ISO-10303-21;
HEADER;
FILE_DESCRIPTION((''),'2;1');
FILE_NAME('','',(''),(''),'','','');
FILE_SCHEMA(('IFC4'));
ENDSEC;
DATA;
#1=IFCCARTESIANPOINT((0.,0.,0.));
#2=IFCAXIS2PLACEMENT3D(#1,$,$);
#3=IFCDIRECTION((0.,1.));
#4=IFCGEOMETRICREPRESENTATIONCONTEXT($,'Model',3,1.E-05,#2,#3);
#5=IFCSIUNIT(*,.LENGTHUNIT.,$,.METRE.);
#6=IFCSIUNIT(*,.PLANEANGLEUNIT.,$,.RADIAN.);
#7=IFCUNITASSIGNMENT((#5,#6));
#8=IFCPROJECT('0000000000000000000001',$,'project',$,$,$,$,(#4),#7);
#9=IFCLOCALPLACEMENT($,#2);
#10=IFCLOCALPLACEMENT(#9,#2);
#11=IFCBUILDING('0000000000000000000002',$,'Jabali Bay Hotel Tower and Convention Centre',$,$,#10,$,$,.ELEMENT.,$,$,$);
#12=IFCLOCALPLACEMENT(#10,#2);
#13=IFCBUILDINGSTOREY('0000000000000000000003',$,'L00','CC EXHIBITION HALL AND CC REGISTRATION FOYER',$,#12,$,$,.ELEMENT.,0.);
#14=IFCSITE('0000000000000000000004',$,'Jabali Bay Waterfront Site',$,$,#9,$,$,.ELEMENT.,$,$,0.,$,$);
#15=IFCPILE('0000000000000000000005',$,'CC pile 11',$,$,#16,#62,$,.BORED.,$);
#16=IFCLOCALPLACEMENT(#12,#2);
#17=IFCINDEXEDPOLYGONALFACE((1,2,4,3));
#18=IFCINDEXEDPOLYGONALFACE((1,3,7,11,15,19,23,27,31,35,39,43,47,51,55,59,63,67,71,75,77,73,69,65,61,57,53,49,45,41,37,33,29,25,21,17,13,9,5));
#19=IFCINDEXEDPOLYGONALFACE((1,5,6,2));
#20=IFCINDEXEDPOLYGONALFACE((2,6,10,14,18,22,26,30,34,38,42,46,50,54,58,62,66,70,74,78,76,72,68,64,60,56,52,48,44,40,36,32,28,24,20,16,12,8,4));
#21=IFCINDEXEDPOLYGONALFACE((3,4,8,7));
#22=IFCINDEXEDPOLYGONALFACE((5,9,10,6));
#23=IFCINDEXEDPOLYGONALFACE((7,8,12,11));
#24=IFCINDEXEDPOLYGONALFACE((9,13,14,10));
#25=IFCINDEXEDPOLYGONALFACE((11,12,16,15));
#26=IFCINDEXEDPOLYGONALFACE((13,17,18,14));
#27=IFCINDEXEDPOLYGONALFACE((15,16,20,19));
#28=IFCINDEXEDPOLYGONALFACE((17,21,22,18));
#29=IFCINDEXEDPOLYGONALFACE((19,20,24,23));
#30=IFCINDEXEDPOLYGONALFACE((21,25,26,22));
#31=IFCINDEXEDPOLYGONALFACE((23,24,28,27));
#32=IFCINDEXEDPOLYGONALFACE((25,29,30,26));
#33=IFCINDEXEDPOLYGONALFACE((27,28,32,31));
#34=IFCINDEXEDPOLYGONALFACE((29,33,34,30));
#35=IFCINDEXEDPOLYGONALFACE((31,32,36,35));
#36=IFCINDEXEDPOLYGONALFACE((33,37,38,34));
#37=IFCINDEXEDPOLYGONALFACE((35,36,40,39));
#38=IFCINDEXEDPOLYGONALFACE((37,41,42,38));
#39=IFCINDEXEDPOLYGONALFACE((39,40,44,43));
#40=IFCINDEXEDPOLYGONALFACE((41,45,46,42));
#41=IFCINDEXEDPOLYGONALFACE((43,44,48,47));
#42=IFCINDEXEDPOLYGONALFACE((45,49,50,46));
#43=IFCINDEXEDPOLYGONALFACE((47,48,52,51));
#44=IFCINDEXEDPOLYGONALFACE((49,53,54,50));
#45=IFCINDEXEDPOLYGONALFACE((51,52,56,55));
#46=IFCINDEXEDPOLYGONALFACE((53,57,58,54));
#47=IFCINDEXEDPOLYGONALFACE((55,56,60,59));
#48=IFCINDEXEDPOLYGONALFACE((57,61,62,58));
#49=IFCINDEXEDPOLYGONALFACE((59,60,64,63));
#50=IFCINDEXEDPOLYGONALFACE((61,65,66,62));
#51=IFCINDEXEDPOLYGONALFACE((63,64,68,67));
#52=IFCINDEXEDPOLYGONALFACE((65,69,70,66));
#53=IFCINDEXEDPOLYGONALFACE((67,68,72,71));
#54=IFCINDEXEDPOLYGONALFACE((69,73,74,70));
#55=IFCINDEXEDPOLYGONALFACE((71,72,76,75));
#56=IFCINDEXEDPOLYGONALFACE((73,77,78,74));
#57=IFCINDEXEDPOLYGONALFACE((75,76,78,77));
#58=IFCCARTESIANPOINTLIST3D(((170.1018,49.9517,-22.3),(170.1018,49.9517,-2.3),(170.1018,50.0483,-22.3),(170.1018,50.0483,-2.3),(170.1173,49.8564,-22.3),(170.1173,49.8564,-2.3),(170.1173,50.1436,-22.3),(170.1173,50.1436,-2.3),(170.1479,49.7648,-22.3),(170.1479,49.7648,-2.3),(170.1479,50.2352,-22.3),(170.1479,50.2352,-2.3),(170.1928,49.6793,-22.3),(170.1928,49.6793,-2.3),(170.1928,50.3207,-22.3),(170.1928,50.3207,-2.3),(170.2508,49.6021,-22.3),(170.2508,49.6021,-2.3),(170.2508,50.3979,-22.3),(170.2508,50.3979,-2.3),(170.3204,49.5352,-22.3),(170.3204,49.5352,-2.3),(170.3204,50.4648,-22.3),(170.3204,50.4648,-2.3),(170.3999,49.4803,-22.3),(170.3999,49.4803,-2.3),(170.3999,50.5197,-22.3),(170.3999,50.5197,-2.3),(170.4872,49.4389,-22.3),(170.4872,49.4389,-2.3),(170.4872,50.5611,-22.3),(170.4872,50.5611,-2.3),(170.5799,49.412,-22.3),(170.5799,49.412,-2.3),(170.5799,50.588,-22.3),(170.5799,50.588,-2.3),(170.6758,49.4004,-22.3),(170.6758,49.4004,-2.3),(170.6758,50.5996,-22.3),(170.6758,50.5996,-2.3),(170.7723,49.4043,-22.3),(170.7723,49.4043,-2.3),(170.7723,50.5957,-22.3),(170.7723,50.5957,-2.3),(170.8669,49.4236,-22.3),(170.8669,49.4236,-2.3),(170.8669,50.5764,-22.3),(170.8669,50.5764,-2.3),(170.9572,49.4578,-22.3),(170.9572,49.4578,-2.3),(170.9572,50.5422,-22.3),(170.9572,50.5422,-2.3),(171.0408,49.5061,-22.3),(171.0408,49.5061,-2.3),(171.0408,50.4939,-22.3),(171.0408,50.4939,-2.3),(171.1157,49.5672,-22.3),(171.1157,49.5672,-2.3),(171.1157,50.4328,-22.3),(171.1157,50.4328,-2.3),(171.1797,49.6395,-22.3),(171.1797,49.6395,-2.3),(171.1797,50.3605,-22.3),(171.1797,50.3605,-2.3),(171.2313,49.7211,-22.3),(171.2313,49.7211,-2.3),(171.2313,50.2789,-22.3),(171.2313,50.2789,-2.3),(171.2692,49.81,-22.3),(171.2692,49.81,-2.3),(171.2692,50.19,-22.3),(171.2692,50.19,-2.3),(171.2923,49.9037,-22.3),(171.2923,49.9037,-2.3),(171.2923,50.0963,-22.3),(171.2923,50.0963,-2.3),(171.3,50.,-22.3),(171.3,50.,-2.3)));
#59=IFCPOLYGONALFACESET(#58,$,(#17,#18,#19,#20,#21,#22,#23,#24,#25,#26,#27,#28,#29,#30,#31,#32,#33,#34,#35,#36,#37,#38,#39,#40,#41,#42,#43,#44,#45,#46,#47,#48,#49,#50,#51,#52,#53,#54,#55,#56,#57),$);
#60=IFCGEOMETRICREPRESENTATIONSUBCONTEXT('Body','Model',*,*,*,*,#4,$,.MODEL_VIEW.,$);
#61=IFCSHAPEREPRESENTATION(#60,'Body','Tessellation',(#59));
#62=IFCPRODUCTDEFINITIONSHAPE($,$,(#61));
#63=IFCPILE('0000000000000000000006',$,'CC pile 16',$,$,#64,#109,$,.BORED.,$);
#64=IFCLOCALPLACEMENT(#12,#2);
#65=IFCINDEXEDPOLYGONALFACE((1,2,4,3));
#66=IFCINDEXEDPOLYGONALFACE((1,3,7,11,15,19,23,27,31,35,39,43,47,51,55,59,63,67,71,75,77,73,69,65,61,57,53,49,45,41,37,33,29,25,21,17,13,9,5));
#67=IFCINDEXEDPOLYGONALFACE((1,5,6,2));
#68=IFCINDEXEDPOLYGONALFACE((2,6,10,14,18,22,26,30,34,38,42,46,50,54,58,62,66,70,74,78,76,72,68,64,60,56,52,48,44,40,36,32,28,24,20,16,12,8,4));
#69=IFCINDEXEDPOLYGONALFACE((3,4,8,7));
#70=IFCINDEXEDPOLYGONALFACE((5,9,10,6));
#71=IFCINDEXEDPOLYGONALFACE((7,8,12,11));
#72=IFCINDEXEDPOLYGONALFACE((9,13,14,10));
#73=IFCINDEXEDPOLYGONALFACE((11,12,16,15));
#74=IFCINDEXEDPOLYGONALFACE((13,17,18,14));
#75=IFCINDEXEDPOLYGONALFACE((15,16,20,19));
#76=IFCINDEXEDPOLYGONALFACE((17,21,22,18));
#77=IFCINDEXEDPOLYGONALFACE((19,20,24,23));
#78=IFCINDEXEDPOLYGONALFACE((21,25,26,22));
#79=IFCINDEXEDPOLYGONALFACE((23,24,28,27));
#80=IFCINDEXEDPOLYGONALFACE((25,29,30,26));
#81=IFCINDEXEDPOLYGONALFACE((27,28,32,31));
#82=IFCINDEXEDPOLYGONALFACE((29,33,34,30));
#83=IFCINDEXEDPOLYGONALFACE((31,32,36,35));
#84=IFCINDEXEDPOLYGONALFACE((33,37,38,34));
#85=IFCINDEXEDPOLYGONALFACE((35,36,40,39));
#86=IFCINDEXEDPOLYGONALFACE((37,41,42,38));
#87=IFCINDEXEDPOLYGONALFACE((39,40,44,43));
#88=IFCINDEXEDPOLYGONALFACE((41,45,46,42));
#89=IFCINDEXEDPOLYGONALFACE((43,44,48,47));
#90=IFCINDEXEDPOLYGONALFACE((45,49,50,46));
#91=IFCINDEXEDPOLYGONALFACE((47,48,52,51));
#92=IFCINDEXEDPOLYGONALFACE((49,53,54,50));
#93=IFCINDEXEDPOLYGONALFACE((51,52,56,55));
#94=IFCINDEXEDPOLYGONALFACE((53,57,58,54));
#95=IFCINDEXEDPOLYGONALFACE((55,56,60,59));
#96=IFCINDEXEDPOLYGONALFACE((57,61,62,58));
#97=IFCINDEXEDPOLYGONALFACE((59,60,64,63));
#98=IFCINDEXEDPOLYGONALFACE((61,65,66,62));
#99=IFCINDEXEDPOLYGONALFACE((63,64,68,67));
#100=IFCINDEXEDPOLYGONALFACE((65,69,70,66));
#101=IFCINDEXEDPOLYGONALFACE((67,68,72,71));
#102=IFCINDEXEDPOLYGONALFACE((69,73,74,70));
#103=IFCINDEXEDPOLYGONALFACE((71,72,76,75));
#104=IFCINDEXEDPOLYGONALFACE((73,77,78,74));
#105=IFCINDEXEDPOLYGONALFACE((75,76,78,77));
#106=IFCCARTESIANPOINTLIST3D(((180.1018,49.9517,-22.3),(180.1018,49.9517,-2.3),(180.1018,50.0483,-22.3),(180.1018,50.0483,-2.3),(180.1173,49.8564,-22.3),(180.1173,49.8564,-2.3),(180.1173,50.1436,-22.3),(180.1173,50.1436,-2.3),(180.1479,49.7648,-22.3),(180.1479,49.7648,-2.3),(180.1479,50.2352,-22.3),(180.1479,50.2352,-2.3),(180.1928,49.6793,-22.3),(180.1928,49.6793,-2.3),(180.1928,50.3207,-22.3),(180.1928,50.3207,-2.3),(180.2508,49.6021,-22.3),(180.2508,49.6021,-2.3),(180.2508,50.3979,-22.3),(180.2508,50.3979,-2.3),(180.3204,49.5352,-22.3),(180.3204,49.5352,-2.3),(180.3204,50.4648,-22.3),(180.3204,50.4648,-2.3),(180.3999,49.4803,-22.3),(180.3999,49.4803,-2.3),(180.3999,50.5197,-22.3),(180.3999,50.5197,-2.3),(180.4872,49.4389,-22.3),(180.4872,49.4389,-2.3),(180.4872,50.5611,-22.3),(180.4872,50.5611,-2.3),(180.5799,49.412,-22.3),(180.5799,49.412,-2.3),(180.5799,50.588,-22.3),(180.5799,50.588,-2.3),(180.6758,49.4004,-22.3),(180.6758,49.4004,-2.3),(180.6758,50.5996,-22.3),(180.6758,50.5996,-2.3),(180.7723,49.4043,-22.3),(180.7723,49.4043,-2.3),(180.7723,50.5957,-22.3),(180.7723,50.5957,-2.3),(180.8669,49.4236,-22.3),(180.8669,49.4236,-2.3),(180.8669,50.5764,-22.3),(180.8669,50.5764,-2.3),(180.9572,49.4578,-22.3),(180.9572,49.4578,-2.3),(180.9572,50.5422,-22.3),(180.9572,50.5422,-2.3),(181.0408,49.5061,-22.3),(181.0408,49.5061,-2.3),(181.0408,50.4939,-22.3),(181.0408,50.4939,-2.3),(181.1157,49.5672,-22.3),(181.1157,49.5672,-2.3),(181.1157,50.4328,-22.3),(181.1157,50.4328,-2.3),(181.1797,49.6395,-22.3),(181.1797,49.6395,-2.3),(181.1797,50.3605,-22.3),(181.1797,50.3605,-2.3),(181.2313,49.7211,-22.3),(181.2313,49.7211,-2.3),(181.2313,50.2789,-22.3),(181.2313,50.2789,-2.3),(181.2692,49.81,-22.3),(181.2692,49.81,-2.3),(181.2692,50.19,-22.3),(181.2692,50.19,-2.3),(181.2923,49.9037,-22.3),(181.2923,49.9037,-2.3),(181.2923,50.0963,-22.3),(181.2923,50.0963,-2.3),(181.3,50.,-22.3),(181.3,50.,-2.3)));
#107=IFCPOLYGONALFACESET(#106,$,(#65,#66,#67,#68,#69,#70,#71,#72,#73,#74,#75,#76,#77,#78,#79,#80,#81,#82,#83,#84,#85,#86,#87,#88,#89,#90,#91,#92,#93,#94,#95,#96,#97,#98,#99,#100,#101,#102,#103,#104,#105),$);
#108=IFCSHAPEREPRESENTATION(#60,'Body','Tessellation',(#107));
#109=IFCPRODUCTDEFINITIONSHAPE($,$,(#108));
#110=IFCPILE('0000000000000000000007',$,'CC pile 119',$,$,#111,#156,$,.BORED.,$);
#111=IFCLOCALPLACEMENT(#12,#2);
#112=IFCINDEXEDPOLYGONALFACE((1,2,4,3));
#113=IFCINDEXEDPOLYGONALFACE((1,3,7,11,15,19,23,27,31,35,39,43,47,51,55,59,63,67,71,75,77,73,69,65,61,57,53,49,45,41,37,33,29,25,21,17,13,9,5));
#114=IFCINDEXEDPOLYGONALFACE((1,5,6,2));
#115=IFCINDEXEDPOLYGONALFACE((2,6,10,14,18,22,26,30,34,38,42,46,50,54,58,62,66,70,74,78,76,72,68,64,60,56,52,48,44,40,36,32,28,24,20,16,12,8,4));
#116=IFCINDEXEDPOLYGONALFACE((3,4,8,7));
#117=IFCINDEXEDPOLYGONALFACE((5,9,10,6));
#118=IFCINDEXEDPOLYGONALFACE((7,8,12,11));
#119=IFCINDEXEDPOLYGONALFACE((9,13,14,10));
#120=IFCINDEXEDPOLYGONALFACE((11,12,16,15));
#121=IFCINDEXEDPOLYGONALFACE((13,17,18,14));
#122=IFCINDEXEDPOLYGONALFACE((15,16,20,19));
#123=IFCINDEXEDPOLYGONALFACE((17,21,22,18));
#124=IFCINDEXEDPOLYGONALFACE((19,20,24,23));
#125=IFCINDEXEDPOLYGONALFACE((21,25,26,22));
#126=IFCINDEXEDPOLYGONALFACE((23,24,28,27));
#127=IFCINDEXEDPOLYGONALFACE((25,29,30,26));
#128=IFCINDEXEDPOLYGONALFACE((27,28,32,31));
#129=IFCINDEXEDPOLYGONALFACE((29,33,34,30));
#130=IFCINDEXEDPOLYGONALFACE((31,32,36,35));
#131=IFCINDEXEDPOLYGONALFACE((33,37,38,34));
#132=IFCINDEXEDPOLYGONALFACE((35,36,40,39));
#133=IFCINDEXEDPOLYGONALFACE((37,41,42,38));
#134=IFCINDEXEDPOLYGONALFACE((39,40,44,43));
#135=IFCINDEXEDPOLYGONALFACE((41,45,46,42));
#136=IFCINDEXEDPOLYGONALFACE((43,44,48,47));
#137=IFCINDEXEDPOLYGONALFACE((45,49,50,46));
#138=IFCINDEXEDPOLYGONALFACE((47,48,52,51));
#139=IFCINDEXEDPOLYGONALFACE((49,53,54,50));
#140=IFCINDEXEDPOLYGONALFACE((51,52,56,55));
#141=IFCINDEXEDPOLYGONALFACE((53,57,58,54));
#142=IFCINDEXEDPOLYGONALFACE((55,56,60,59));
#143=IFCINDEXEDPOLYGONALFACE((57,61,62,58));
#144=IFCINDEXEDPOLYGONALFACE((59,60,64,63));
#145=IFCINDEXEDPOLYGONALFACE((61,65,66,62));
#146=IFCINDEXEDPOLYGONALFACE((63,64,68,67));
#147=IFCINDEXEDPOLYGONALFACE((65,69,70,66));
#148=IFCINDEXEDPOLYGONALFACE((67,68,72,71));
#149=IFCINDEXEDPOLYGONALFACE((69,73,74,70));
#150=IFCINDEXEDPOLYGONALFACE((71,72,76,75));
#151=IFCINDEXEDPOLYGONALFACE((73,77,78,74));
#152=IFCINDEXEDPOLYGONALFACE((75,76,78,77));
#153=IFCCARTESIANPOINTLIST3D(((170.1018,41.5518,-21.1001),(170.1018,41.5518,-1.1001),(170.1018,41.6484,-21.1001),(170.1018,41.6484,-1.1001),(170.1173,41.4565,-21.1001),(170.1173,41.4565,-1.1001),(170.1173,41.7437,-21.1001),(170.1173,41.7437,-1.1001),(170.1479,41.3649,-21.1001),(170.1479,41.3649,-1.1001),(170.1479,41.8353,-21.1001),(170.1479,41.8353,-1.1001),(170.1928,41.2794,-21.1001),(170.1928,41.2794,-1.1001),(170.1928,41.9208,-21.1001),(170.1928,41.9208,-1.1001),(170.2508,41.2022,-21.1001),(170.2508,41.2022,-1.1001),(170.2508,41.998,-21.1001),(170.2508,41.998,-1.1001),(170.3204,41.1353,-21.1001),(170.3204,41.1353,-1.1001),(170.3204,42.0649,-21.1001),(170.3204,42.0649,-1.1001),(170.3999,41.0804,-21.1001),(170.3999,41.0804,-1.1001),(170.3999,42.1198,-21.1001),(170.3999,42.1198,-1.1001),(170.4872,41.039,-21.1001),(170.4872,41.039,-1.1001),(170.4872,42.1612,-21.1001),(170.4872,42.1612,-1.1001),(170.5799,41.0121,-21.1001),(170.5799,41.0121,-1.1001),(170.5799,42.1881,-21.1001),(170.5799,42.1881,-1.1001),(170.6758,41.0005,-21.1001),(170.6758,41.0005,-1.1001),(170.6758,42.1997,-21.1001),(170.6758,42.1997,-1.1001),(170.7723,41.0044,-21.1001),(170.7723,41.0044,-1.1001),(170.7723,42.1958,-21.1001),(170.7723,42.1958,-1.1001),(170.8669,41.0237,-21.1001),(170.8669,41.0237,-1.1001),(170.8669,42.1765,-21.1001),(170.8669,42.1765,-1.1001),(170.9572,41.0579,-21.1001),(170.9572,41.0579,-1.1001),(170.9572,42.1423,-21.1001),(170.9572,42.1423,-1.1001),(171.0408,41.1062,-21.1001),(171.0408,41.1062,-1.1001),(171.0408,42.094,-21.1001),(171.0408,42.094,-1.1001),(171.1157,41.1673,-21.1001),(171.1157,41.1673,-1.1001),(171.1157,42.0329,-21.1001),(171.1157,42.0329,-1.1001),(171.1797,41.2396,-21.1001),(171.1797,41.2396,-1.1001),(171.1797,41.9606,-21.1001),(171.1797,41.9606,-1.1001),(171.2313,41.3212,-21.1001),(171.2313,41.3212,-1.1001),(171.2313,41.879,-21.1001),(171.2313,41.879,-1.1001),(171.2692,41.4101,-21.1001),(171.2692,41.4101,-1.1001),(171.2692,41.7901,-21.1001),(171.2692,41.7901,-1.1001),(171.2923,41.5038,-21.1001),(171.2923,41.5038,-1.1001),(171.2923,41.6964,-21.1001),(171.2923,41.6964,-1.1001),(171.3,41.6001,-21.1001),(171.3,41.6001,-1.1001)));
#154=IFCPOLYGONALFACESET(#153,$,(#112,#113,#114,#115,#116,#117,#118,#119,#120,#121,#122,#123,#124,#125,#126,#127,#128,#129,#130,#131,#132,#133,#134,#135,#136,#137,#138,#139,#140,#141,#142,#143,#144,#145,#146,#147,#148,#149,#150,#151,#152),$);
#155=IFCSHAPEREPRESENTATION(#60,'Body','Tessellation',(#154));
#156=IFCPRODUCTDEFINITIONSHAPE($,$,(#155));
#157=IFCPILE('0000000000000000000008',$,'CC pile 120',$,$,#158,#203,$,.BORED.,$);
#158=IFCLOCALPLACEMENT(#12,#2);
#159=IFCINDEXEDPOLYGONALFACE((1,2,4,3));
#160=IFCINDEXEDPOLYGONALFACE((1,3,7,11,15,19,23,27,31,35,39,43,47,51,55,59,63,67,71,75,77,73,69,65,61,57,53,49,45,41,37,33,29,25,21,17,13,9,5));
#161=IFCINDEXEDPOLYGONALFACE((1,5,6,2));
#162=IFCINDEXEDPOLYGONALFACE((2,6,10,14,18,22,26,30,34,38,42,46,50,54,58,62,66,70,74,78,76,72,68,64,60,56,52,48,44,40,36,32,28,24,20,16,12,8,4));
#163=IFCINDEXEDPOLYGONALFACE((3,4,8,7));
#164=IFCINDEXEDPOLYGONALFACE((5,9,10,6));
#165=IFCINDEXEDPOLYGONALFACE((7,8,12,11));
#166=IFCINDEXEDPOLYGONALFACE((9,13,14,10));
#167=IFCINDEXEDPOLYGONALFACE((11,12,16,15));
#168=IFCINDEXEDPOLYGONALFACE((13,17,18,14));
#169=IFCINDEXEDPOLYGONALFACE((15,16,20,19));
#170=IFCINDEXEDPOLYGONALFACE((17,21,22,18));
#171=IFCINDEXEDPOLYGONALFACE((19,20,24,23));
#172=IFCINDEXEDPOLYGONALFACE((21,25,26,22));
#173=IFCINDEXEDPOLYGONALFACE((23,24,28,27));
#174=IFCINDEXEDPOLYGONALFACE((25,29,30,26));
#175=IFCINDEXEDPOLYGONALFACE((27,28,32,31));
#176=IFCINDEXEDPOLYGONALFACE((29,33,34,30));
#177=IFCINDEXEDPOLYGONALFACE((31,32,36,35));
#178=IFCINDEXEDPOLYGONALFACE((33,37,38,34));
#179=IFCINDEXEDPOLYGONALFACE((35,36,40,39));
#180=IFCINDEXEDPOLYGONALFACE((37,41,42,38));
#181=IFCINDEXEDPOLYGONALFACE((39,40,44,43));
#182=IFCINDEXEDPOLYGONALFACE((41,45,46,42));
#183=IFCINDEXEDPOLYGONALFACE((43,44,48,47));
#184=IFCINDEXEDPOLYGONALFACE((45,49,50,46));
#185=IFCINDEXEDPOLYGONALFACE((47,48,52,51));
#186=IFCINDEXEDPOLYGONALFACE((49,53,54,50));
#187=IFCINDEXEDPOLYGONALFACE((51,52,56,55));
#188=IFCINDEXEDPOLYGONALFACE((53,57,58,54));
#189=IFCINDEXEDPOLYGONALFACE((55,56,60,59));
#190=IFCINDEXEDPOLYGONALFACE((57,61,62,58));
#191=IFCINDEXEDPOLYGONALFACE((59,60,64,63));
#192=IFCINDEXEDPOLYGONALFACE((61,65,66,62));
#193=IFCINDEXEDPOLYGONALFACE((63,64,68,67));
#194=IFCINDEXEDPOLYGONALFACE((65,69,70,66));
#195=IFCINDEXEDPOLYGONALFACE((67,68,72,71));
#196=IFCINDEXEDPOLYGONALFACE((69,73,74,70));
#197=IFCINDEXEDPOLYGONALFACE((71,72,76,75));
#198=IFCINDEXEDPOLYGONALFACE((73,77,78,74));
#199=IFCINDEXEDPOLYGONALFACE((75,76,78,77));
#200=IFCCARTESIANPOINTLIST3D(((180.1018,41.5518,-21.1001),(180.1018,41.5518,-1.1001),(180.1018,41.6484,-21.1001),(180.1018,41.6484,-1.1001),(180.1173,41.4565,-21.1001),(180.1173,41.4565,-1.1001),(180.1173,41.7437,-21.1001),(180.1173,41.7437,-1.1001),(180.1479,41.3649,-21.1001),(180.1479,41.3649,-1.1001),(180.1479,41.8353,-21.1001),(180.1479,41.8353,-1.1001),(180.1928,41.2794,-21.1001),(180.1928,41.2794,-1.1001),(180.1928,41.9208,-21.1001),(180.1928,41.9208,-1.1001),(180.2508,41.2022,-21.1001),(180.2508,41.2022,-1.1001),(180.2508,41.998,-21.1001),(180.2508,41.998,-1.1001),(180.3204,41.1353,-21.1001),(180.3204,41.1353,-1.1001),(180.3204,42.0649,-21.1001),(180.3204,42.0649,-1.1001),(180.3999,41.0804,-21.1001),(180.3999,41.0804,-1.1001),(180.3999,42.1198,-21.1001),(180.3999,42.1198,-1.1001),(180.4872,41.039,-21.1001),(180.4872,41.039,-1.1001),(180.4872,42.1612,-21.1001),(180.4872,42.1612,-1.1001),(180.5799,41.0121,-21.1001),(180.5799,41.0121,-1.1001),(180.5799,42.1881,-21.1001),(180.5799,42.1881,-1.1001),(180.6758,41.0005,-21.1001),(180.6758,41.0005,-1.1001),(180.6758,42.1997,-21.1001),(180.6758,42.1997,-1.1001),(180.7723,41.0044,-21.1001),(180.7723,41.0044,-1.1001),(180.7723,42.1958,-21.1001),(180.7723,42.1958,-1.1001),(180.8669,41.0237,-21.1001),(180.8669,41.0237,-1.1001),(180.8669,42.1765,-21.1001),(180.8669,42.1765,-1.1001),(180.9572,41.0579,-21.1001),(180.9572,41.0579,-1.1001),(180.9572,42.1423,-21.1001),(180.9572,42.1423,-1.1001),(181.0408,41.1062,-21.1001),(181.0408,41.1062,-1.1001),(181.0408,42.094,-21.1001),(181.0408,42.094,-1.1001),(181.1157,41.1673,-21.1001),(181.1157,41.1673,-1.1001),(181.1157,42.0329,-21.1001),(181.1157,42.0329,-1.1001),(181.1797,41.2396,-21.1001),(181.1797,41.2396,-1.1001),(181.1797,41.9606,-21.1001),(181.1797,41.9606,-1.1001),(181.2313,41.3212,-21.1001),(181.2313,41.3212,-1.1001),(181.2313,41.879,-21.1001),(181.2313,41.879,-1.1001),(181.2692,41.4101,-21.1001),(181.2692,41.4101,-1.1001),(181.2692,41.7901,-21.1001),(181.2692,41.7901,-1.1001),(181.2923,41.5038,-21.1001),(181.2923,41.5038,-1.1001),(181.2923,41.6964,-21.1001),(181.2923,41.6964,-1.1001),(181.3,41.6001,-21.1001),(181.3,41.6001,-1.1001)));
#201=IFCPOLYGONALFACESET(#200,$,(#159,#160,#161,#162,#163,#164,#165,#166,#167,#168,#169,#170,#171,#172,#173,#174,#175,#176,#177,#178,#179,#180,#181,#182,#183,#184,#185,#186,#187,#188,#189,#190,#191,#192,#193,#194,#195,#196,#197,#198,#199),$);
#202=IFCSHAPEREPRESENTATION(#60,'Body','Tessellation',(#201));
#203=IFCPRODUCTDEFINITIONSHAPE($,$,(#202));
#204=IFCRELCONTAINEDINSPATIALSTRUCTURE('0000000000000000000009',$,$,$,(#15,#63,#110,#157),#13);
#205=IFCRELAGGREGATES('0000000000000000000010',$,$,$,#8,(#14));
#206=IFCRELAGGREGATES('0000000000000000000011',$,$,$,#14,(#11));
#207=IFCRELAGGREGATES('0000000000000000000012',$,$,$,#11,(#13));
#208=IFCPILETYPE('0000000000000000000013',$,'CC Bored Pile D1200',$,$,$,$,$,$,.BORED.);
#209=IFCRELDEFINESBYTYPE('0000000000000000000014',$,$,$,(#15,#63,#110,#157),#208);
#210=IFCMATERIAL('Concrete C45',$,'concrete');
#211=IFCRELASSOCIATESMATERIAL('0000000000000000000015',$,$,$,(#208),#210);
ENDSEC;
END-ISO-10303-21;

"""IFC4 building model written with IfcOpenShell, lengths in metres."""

from ifc_helpers import new_model, si_unit, direction, frame, origin, origin_2d, place, context, subcontext, project, spatial, circle, extrude, material, material_profile, profile_set, type_object, element, save


model = new_model("IFC4")

# Units and contexts
model_context = context("Model", 3, precision=1e-05, world=origin(), true_north=direction((0.0, 1.0)))
body_context = subcontext(model_context, "Body", "Model", "MODEL_VIEW")
ifc_project = project(units=[si_unit("LENGTHUNIT", "METRE"), si_unit("PLANEANGLEUNIT", "RADIAN")], contexts=[model_context])

# Site, building, storey
site_placement = place(None, origin())
site = spatial("IfcSite", under=ifc_project, at=site_placement, Name="Jabali Bay Waterfront Site", CompositionType="ELEMENT", RefElevation=0.0)
building_placement = place(site_placement, origin())
building = spatial("IfcBuilding", under=site, at=building_placement, Name="Jabali Bay Hotel Tower and Convention Centre", CompositionType="ELEMENT")
storey_placement = place(building_placement, origin())
storey = spatial("IfcBuildingStorey", under=building, at=storey_placement, Name="L00", Description="CC EXHIBITION HALL AND CC REGISTRATION FOYER", CompositionType="ELEMENT", Elevation=0.0)

# Piles
ifc_material_1 = material(Name="Concrete C45", Category="concrete")
ifc_material_profile_1 = material_profile(ifc_material_1, circle(Radius=0.6001, at=origin_2d()), Name="D1200")
ifc_profile_set_1 = profile_set([ifc_material_profile_1], Name="Concrete C45")
pile_type = type_object("IfcPileType", Name="CC Bored Pile D1200", PredefinedType="BORED", material=ifc_profile_set_1)
for number, where, z_axis, x_axis, name in (
    (1, (170.7, 50.0, -2.3), (0.0, 0.0, -1.0), (1.0, 0.0, 0.0), "CC pile 11"),
    (2, (180.7, 50.0, -2.3), (0.0, 0.0, -1.0), (1.0, 0.0, 0.0), "CC pile 16"),
    (3, (170.7, 41.6001, -1.1001), (0.0, 0.0, -1.0), (1.0, 0.0, 0.0), "CC pile 119"),
    (4, (180.7, 41.6001, -1.1001), (0.0, 0.0, -1.0), (1.0, 0.0, 0.0), "CC pile 120"),
):
    element("IfcPile", number, at=place(storey_placement, frame(where, z_axis=z_axis, x_axis=x_axis)), inside=storey, type_object=pile_type, Name=name, PredefinedType="BORED", context=body_context, shape_type="SweptSolid", body=[
        extrude(circle(Radius=0.6001, at=origin_2d()), origin(), (0.0, 0.0, 1.0), 20.0),
    ])

save(model, "model.ifc")
